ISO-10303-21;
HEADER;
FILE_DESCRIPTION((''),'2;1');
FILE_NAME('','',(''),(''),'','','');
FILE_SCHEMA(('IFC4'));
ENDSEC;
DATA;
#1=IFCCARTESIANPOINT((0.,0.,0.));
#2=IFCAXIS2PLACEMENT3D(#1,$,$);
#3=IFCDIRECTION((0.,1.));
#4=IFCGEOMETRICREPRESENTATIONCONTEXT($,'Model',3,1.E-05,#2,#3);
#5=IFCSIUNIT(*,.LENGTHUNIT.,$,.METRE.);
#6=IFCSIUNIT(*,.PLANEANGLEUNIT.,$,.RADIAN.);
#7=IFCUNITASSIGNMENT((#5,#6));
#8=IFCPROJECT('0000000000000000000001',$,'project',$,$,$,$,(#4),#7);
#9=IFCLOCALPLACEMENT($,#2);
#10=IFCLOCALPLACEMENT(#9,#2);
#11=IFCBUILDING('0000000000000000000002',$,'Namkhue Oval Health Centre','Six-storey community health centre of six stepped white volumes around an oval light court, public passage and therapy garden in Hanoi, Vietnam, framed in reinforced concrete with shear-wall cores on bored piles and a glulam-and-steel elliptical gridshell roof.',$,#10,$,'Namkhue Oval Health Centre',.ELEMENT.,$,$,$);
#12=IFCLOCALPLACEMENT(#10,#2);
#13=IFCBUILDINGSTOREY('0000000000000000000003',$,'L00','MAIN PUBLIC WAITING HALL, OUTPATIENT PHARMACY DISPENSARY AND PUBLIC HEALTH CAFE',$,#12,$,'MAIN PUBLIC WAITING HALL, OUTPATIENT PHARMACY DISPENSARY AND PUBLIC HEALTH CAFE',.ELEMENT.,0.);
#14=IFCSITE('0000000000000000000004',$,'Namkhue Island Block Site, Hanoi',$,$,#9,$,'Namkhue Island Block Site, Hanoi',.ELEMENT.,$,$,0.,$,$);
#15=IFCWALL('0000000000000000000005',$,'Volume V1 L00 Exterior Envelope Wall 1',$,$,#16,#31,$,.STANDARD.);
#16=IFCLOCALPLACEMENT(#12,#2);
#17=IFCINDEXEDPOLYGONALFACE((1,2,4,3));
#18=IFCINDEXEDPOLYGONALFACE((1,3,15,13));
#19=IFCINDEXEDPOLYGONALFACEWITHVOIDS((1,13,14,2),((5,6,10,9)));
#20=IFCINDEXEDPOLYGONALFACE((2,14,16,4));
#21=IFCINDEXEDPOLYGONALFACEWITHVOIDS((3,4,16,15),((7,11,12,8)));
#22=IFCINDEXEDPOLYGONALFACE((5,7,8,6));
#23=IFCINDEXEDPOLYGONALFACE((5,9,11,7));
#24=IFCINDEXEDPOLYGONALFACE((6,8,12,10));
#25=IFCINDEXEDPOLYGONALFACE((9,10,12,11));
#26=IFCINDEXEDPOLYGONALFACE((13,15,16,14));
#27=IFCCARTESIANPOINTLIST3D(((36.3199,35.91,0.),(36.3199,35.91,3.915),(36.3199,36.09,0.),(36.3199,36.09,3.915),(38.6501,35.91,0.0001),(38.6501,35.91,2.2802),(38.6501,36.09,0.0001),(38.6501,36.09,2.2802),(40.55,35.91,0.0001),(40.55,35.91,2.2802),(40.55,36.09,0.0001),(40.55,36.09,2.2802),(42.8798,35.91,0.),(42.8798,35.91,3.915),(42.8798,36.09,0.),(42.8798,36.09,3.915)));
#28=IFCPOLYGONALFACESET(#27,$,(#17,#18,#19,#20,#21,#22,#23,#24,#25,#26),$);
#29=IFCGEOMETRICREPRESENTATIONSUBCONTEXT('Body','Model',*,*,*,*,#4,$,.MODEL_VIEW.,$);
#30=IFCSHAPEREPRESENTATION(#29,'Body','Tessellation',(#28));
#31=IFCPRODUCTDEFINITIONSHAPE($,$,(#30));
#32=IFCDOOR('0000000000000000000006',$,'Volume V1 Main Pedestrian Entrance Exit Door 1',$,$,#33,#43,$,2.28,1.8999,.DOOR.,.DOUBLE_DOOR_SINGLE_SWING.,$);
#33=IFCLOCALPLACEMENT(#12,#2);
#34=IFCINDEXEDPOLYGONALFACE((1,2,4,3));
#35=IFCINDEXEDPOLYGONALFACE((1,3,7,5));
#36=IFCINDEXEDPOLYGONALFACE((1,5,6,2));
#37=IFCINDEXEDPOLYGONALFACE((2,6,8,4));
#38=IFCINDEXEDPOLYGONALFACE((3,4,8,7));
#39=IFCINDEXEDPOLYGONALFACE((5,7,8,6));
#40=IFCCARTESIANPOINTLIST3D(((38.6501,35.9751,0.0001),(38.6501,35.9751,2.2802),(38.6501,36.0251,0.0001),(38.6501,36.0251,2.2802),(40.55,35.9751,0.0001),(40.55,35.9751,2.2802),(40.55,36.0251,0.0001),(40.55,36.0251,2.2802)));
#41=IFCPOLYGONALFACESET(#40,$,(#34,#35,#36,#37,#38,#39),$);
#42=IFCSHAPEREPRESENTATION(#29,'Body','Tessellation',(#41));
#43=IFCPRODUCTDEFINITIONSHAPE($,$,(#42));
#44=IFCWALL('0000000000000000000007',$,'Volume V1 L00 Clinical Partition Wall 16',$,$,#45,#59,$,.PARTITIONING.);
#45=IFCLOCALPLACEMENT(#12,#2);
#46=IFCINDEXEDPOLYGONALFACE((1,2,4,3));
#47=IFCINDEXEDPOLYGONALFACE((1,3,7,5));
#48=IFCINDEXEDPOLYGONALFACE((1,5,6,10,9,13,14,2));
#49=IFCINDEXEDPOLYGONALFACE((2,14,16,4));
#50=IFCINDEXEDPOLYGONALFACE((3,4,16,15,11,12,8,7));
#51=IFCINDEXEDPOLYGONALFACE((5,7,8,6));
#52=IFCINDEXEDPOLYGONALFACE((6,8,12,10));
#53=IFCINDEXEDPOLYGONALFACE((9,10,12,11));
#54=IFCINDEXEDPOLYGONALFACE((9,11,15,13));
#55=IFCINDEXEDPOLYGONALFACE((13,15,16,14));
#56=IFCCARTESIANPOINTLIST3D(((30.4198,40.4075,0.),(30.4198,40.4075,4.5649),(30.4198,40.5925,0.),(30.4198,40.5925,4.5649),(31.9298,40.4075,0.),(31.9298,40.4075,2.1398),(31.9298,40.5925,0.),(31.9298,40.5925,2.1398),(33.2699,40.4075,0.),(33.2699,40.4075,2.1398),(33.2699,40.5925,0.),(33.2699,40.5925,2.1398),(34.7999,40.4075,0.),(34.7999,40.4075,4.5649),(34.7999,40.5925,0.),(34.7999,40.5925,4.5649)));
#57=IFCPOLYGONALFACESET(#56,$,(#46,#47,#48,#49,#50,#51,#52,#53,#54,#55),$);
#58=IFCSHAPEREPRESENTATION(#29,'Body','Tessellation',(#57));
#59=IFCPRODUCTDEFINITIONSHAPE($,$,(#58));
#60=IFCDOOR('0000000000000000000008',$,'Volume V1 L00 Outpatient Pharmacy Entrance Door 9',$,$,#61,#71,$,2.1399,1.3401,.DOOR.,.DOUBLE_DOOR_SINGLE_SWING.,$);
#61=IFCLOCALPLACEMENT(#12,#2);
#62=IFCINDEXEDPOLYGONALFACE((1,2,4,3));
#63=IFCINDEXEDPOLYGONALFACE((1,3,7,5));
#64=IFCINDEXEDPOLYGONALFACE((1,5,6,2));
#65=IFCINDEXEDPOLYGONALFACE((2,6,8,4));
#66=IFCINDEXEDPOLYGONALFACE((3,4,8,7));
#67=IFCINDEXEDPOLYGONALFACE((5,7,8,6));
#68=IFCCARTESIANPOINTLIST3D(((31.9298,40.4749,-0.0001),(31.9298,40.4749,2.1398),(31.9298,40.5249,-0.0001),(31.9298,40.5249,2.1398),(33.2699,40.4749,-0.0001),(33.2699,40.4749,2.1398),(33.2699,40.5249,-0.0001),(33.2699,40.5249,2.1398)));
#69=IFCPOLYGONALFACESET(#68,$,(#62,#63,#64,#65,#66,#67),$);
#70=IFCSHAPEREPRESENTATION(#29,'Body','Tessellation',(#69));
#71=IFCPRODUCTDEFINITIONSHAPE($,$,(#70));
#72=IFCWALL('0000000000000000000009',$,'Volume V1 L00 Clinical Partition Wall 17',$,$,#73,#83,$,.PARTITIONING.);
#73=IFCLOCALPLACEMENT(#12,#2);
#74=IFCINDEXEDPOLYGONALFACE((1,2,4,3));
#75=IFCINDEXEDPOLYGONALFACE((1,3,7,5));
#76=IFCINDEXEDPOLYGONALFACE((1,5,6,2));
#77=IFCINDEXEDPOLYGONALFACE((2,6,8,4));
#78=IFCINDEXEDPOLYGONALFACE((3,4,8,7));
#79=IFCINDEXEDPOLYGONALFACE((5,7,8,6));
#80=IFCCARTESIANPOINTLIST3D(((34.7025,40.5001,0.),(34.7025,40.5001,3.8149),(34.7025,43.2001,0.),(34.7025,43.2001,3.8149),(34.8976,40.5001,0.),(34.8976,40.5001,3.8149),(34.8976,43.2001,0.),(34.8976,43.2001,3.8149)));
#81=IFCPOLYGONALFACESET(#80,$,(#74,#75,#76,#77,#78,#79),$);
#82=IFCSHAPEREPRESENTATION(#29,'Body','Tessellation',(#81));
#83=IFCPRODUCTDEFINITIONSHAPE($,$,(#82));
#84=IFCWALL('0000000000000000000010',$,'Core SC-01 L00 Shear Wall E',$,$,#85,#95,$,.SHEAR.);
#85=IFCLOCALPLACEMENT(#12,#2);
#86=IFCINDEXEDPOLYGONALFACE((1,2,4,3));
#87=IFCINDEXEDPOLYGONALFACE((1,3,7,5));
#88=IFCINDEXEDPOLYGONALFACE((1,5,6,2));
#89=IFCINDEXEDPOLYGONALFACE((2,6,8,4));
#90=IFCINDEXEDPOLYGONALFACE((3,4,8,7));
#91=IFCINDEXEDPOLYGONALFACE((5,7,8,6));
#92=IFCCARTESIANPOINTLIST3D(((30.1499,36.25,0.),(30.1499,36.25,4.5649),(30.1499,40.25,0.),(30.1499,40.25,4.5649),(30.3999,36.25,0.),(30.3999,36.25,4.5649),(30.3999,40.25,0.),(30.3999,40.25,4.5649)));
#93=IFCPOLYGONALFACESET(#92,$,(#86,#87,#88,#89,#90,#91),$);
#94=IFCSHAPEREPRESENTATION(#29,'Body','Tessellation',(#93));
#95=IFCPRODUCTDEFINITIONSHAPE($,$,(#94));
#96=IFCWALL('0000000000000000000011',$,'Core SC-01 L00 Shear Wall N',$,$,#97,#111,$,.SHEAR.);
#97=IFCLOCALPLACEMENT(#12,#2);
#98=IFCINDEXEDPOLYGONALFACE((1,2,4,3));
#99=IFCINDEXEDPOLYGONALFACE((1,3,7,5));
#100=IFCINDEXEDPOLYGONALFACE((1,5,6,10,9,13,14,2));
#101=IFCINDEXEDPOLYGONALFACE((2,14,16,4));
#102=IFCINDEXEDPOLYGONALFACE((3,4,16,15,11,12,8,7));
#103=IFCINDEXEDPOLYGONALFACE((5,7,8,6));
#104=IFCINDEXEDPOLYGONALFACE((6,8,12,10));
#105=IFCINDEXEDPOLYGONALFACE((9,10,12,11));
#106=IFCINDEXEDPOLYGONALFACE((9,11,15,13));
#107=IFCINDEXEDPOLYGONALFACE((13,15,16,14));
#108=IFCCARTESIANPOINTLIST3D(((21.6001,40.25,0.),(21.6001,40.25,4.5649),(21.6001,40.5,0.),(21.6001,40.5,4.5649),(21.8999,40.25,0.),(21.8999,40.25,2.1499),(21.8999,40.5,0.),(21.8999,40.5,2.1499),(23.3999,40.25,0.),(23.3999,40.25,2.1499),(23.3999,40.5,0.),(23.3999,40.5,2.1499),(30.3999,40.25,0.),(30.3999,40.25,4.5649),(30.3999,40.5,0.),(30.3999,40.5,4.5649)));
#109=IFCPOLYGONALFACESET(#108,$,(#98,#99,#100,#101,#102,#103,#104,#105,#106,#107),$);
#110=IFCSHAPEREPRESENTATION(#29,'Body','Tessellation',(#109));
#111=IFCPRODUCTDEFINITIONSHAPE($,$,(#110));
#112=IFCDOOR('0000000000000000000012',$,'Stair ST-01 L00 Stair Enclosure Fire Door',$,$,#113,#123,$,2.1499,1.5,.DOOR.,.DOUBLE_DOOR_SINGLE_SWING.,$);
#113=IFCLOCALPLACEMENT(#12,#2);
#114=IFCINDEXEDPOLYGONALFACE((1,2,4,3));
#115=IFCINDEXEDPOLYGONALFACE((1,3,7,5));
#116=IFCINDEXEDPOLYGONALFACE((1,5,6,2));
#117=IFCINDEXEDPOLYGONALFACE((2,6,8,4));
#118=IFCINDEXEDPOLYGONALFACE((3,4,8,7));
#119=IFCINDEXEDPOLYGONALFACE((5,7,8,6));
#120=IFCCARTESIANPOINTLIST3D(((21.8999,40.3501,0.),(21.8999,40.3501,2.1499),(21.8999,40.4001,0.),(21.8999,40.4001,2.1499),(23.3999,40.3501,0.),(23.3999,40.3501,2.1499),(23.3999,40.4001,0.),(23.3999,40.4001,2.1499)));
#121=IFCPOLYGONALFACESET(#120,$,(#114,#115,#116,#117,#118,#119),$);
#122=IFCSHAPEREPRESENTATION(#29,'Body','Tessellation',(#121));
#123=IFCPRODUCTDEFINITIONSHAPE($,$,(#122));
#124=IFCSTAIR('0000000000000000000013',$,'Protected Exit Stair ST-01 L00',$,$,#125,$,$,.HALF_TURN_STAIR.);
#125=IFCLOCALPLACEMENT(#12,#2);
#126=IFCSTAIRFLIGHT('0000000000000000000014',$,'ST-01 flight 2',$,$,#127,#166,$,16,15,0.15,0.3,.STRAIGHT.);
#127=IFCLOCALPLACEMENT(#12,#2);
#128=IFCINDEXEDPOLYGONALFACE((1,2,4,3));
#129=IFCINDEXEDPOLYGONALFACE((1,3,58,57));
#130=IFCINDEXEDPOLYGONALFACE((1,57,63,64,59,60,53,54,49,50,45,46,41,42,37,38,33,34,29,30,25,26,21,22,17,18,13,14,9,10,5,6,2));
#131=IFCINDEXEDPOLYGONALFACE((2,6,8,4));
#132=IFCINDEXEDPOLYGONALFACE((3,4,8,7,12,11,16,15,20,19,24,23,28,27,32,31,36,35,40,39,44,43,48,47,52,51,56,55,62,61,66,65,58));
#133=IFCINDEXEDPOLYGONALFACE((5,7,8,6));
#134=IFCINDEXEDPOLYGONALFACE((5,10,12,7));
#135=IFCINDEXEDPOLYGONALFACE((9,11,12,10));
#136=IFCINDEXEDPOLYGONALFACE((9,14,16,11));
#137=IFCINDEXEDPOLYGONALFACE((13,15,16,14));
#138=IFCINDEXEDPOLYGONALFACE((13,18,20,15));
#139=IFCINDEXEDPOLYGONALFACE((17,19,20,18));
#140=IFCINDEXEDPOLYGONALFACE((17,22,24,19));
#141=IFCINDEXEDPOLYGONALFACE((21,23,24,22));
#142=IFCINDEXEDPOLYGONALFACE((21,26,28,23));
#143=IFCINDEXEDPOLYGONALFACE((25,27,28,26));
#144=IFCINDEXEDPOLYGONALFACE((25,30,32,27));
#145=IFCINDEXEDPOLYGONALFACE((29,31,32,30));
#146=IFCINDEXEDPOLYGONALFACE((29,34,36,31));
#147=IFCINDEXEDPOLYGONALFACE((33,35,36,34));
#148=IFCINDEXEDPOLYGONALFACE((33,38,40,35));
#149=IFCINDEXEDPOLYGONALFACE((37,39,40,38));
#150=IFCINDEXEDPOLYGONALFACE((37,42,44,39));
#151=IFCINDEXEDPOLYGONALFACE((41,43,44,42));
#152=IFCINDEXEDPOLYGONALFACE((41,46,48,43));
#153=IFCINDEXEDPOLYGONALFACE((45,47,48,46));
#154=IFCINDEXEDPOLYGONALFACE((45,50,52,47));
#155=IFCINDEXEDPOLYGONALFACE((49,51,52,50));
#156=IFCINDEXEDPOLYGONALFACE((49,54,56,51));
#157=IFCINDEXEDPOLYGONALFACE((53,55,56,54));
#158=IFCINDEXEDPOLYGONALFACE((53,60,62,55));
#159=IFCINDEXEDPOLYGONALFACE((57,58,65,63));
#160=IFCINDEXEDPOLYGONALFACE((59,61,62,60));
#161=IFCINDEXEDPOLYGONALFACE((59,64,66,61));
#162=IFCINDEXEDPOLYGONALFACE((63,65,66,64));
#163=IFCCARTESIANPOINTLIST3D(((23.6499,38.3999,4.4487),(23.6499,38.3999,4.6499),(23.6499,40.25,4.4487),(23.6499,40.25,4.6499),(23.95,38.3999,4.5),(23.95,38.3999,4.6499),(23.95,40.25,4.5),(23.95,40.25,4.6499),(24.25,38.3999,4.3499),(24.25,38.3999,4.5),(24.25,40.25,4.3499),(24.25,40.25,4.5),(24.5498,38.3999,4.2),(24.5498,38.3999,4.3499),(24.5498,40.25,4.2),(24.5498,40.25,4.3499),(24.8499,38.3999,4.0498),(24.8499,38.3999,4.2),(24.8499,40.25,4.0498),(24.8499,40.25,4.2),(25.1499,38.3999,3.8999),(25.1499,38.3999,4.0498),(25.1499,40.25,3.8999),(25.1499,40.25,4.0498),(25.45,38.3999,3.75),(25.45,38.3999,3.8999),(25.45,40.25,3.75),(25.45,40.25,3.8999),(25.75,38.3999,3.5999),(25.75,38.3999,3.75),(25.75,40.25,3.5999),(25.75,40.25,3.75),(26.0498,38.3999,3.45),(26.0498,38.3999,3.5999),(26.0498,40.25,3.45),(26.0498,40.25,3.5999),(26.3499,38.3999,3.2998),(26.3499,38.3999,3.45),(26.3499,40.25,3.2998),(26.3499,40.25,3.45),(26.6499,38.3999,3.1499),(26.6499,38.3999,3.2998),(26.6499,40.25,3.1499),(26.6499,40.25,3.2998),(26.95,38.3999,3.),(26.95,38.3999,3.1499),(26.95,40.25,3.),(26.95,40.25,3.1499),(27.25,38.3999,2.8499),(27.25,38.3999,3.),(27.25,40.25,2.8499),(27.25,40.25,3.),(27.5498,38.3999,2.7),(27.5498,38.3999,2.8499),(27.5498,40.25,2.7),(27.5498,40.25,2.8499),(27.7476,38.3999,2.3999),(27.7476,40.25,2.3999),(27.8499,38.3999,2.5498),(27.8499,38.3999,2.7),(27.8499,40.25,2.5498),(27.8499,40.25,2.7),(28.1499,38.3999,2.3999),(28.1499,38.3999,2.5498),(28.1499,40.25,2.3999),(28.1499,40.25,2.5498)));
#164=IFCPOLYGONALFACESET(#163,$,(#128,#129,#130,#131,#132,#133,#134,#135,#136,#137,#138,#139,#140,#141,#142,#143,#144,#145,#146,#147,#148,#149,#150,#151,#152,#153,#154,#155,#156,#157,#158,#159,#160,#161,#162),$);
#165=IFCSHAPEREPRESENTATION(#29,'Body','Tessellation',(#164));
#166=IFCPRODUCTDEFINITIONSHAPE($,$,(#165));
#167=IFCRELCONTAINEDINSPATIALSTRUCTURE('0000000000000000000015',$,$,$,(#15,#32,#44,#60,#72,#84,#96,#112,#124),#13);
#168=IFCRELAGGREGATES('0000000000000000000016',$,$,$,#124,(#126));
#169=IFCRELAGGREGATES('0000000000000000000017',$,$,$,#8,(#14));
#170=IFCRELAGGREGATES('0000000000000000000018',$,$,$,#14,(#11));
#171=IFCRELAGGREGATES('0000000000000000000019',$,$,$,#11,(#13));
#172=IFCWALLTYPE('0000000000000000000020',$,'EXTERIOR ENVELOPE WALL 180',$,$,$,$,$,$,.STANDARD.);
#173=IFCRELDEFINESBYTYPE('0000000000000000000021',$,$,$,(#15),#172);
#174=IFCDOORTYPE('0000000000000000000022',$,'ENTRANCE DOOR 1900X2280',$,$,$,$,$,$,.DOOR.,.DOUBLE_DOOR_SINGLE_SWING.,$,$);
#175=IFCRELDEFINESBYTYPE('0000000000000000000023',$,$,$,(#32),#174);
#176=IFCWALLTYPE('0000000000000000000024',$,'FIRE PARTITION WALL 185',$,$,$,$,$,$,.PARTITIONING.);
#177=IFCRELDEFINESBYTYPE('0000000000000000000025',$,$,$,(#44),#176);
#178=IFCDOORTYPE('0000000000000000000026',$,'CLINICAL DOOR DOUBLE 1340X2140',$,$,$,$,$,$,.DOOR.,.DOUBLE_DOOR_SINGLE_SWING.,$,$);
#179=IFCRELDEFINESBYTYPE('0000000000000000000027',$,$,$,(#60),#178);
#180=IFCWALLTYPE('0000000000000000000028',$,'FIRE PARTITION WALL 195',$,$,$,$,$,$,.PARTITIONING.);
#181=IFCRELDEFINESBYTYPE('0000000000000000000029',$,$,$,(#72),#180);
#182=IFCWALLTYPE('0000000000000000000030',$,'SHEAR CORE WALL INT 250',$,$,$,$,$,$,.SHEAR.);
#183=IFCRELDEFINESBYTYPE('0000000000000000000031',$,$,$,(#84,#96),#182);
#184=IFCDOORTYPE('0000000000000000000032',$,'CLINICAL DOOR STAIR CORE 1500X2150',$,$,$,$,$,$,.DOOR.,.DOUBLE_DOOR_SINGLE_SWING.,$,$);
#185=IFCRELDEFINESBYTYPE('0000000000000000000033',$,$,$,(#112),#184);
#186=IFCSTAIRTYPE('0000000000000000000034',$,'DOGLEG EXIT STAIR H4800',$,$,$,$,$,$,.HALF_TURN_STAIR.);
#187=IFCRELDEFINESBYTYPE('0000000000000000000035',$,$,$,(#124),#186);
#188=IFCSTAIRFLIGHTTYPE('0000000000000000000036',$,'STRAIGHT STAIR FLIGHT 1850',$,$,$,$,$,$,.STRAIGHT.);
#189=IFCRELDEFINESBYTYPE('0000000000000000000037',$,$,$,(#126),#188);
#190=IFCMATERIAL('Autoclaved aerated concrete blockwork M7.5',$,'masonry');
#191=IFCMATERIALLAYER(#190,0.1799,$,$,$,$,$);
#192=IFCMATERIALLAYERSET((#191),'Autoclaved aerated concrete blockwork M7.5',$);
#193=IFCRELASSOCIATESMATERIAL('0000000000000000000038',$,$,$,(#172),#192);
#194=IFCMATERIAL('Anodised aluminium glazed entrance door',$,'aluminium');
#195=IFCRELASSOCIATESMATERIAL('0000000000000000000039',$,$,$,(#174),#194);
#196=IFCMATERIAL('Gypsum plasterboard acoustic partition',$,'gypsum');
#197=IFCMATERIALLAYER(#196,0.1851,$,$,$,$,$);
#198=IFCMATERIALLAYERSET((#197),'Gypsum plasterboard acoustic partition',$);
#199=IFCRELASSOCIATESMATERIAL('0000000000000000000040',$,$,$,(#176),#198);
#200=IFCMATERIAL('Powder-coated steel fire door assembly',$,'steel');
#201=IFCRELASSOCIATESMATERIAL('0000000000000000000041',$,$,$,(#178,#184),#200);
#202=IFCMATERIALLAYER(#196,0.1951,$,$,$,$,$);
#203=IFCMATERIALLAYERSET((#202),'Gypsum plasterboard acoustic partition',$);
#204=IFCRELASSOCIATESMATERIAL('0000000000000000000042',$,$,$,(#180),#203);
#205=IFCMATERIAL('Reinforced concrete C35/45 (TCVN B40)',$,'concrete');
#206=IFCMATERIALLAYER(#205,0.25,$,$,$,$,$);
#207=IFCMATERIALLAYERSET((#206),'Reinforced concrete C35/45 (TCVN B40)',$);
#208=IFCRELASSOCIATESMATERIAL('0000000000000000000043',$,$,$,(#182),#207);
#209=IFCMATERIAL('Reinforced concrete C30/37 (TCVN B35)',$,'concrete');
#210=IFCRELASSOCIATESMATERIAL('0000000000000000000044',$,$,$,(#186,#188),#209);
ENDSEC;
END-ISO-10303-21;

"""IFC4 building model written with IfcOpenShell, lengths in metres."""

from ifc_helpers import new_model, si_unit, direction, frame, frame_2d, origin, place, context, subcontext, project, spatial, polyline, rectangle, outline, extrude, material, layer, layer_set, type_object, element, fill, aggregate, save


model = new_model("IFC4")

# Units and contexts
model_context = context("Model", 3, precision=1e-05, world=origin(), true_north=direction((0.0, 1.0)))
body_context = subcontext(model_context, "Body", "Model", "MODEL_VIEW")
ifc_project = project(units=[si_unit("LENGTHUNIT", "METRE"), si_unit("PLANEANGLEUNIT", "RADIAN")], contexts=[model_context])

# Site, building, storey
site_placement = place(None, origin())
site = spatial("IfcSite", under=ifc_project, at=site_placement, Name="Namkhue Island Block Site, Hanoi", LongName="Namkhue Island Block Site, Hanoi", CompositionType="ELEMENT", RefElevation=0.0)
building_placement = place(site_placement, origin())
building = spatial("IfcBuilding", under=site, at=building_placement, Name="Namkhue Oval Health Centre", Description="Six-storey community health centre of six stepped white volumes around an oval light court, public passage and therapy garden in Hanoi, Vietnam, framed in reinforced concrete with shear-wall cores on bored piles and a glulam-and-steel elliptical gridshell roof.", LongName="Namkhue Oval Health Centre", CompositionType="ELEMENT")
storey_placement = place(building_placement, origin())
storey = spatial("IfcBuildingStorey", under=building, at=storey_placement, Name="L00", Description="MAIN PUBLIC WAITING HALL, OUTPATIENT PHARMACY DISPENSARY AND PUBLIC HEALTH CAFE", LongName="MAIN PUBLIC WAITING HALL, OUTPATIENT PHARMACY DISPENSARY AND PUBLIC HEALTH CAFE", CompositionType="ELEMENT", Elevation=0.0)

# Shared definitions
ifc_material_1 = material(Name="Reinforced concrete C30/37 (TCVN B35)", Category="concrete")

# Shared definitions
ifc_material_2 = material(Name="Reinforced concrete C35/45 (TCVN B40)", Category="concrete")

# Walls, openings, doors
ifc_material_3 = material(Name="Autoclaved aerated concrete blockwork M7.5", Category="masonry")
ifc_layer_1 = layer(ifc_material_3, 0.1799)
ifc_layer_set_1 = layer_set([ifc_layer_1], Name="Autoclaved aerated concrete blockwork M7.5")
wall_type_1 = type_object("IfcWallType", Name="EXTERIOR ENVELOPE WALL 180", PredefinedType="STANDARD", material=ifc_layer_set_1)
wall_1_placement = place(storey_placement, frame((36.3201, 36.0, 0.0), z_axis=(0.0, 0.0, 1.0), x_axis=(1.0, 0.0, 0.0)))
wall_1 = element("IfcWall", 1, at=wall_1_placement, inside=storey, type_object=wall_type_1, Name="Volume V1 L00 Exterior Envelope Wall 1", PredefinedType="STANDARD", context=body_context, shape_type="SweptSolid", body=[
    extrude(rectangle(XDim=6.5598, YDim=0.1799, at=frame_2d((3.2798, 0.0))), origin(), (0.0, 0.0, 1.0), 3.915),
])
opening_1_placement = place(wall_1_placement, frame((2.3301, 0.0, 0.0)))
opening_1 = element("IfcOpeningElement", 2, at=opening_1_placement, cuts=wall_1, PredefinedType="OPENING", context=body_context, shape_type="SweptSolid", body=[
    extrude(rectangle(XDim=1.8999, YDim=2.28, at=frame_2d((0.95, 1.1401))), frame((0.0, 0.0999, 0.0), z_axis=(0.0, -1.0, 0.0), x_axis=(1.0, 0.0, 0.0)), (0.0, 0.0, 1.0), 0.2),
])
ifc_material_4 = material(Name="Anodised aluminium glazed entrance door", Category="aluminium")
door_type_1 = type_object("IfcDoorType", Name="ENTRANCE DOOR 1900X2280", OperationType="DOUBLE_DOOR_SINGLE_SWING", PredefinedType="DOOR", material=ifc_material_4)
door_1_placement = place(opening_1_placement, frame((1.8999, 0.0, 0.0), z_axis=(0.0, 0.0, 1.0), x_axis=(-1.0, 0.0, 0.0)))
door_1 = element("IfcDoor", 3, at=door_1_placement, inside=storey, type_object=door_type_1, Name="Volume V1 Main Pedestrian Entrance Exit Door 1", OperationType="DOUBLE_DOOR_SINGLE_SWING", OverallHeight=2.28, OverallWidth=1.8999, PredefinedType="DOOR", context=body_context, shape_type="SweptSolid", body=[
    extrude(rectangle(XDim=1.8999, YDim=2.28, at=frame_2d((0.95, 1.1401))), frame((0.0, 0.0249, 0.0), z_axis=(0.0, -1.0, 0.0), x_axis=(1.0, 0.0, 0.0)), (0.0, 0.0, 1.0), 0.05),
])
fill(opening_1, door_1)
ifc_material_5 = material(Name="Gypsum plasterboard acoustic partition", Category="gypsum")
ifc_layer_2 = layer(ifc_material_5, 0.1851)
ifc_layer_set_2 = layer_set([ifc_layer_2], Name="Gypsum plasterboard acoustic partition")
wall_type_2 = type_object("IfcWallType", Name="FIRE PARTITION WALL 185", PredefinedType="PARTITIONING", material=ifc_layer_set_2)
wall_2_placement = place(storey_placement, frame((30.4199, 40.5, 0.0), z_axis=(0.0, 0.0, 1.0), x_axis=(1.0, 0.0, 0.0)))
wall_2 = element("IfcWall", 4, at=wall_2_placement, inside=storey, type_object=wall_type_2, Name="Volume V1 L00 Clinical Partition Wall 16", PredefinedType="PARTITIONING", context=body_context, shape_type="SweptSolid", body=[
    extrude(rectangle(XDim=4.3801, YDim=0.1851, at=frame_2d((2.1899, 0.0))), origin(), (0.0, 0.0, 1.0), 4.5649),
])
opening_2_placement = place(wall_2_placement, frame((1.51, 0.0, 0.0)))
opening_2 = element("IfcOpeningElement", 5, at=opening_2_placement, cuts=wall_2, PredefinedType="OPENING", context=body_context, shape_type="SweptSolid", body=[
    extrude(rectangle(XDim=1.3401, YDim=2.1399, at=frame_2d((0.6699, 1.0698))), frame((0.0, 0.1025, 0.0), z_axis=(0.0, -1.0, 0.0), x_axis=(1.0, 0.0, 0.0)), (0.0, 0.0, 1.0), 0.2051),
])
ifc_material_6 = material(Name="Powder-coated steel fire door assembly", Category="steel")
door_type_2 = type_object("IfcDoorType", Name="CLINICAL DOOR DOUBLE 1340X2140", OperationType="DOUBLE_DOOR_SINGLE_SWING", PredefinedType="DOOR", material=ifc_material_6)
door_2_placement = place(opening_2_placement, origin())
door_2 = element("IfcDoor", 6, at=door_2_placement, inside=storey, type_object=door_type_2, Name="Volume V1 L00 Outpatient Pharmacy Entrance Door 9", OperationType="DOUBLE_DOOR_SINGLE_SWING", OverallHeight=2.1399, OverallWidth=1.3401, PredefinedType="DOOR", context=body_context, shape_type="SweptSolid", body=[
    extrude(rectangle(XDim=1.3401, YDim=2.1399, at=frame_2d((0.6699, 1.0698))), frame((0.0, 0.0249, 0.0), z_axis=(0.0, -1.0, 0.0), x_axis=(1.0, 0.0, 0.0)), (0.0, 0.0, 1.0), 0.05),
])
fill(opening_2, door_2)

# Walls
ifc_layer_3 = layer(ifc_material_5, 0.1951)
ifc_layer_set_3 = layer_set([ifc_layer_3], Name="Gypsum plasterboard acoustic partition")
wall_type_3 = type_object("IfcWallType", Name="FIRE PARTITION WALL 195", PredefinedType="PARTITIONING", material=ifc_layer_set_3)
wall_3_placement = place(storey_placement, frame((34.8, 40.5, 0.0), z_axis=(0.0, 0.0, 1.0), x_axis=(0.0, 1.0, 0.0)))
element("IfcWall", 7, at=wall_3_placement, inside=storey, type_object=wall_type_3, Name="Volume V1 L00 Clinical Partition Wall 17", PredefinedType="PARTITIONING", context=body_context, shape_type="SweptSolid", body=[
    extrude(rectangle(XDim=2.7, YDim=0.1951, at=frame_2d((1.3501, 0.0))), origin(), (0.0, 0.0, 1.0), 3.8149),
])
ifc_layer_4 = layer(ifc_material_2, 0.25)
ifc_layer_set_4 = layer_set([ifc_layer_4], Name="Reinforced concrete C35/45 (TCVN B40)")
wall_type_4 = type_object("IfcWallType", Name="SHEAR CORE WALL INT 250", PredefinedType="SHEAR", material=ifc_layer_set_4)
wall_4_placement = place(storey_placement, frame((30.2749, 36.25, 0.0), z_axis=(0.0, 0.0, 1.0), x_axis=(0.0, 1.0, 0.0)))
element("IfcWall", 8, at=wall_4_placement, inside=storey, type_object=wall_type_4, Name="Core SC-01 L00 Shear Wall E", PredefinedType="SHEAR", context=body_context, shape_type="SweptSolid", body=[
    extrude(rectangle(XDim=4.0, YDim=0.25, at=frame_2d((2.0, 0.0))), origin(), (0.0, 0.0, 1.0), 4.5649),
])

# Wall, opening, door
wall_5_placement = place(storey_placement, frame((30.3999, 40.375, 0.0), z_axis=(0.0, 0.0, 1.0), x_axis=(-1.0, 0.0, 0.0)))
wall_5 = element("IfcWall", 9, at=wall_5_placement, inside=storey, type_object=wall_type_4, Name="Core SC-01 L00 Shear Wall N", PredefinedType="SHEAR", context=body_context, shape_type="SweptSolid", body=[
    extrude(rectangle(XDim=8.7998, YDim=0.25, at=frame_2d((4.3999, 0.0))), origin(), (0.0, 0.0, 1.0), 4.5649),
])
opening_3_placement = place(wall_5_placement, frame((7.0, 0.0, 0.0)))
opening_3 = element("IfcOpeningElement", 10, at=opening_3_placement, cuts=wall_5, PredefinedType="OPENING", context=body_context, shape_type="SweptSolid", body=[
    extrude(rectangle(XDim=1.5, YDim=2.1499, at=frame_2d((0.75, 1.075))), frame((0.0, 0.135, 0.0), z_axis=(0.0, -1.0, 0.0), x_axis=(1.0, 0.0, 0.0)), (0.0, 0.0, 1.0), 0.27),
])
door_type_3 = type_object("IfcDoorType", Name="CLINICAL DOOR STAIR CORE 1500X2150", OperationType="DOUBLE_DOOR_SINGLE_SWING", PredefinedType="DOOR", material=ifc_material_6)
door_3_placement = place(opening_3_placement, origin())
door_3 = element("IfcDoor", 11, at=door_3_placement, inside=storey, type_object=door_type_3, Name="Stair ST-01 L00 Stair Enclosure Fire Door", OperationType="DOUBLE_DOOR_SINGLE_SWING", OverallHeight=2.1499, OverallWidth=1.5, PredefinedType="DOOR", context=body_context, shape_type="SweptSolid", body=[
    extrude(rectangle(XDim=1.5, YDim=2.1499, at=frame_2d((0.75, 1.075))), frame((0.0, 0.0249, 0.0), z_axis=(0.0, -1.0, 0.0), x_axis=(1.0, 0.0, 0.0)), (0.0, 0.0, 1.0), 0.05),
])
fill(opening_3, door_3)

# Stair, stair flight
stair_type = type_object("IfcStairType", Name="DOGLEG EXIT STAIR H4800", PredefinedType="HALF_TURN_STAIR", material=ifc_material_1)
stair_placement = place(storey_placement, origin())
stair = element("IfcStair", 12, at=stair_placement, inside=storey, type_object=stair_type, Name="Protected Exit Stair ST-01 L00", PredefinedType="HALF_TURN_STAIR")
stair_flight_type = type_object("IfcStairFlightType", Name="STRAIGHT STAIR FLIGHT 1850", PredefinedType="STRAIGHT", material=ifc_material_1)
stair_flight_placement = place(storey_placement, frame((28.1499, 39.325, 2.3999), z_axis=(0.0, 0.0, 1.0), x_axis=(-1.0, 0.0, 0.0)))
stair_flight = element("IfcStairFlight", 13, at=stair_flight_placement, type_object=stair_flight_type, Name="ST-01 flight 2", NumberOfRisers=16, NumberOfTreads=15, PredefinedType="STRAIGHT", RiserHeight=0.15, TreadLength=0.3, context=body_context, shape_type="SweptSolid", body=[
    extrude(outline(polyline([(0.0, 0.0), (0.0, 0.1499), (0.3, 0.1499), (0.3, 0.3), (0.6001, 0.3), (0.6001, 0.45), (0.8999, 0.45), (0.8999, 0.6001), (1.2, 0.6001), (1.2, 0.75), (1.5, 0.75), (1.5, 0.8999), (1.8, 0.8999), (1.8, 1.05), (2.1001, 1.05), (2.1001, 1.2), (2.3999, 1.2), (2.3999, 1.3501), (2.7, 1.3501), (2.7, 1.5), (3.0, 1.5), (3.0, 1.6499), (3.3, 1.6499), (3.3, 1.8), (3.6001, 1.8), (3.6001, 1.95), (3.8999, 1.95), (3.8999, 2.1001), (4.2, 2.1001), (4.2, 2.25), (4.5, 2.25), (4.5, 2.3999), (4.5, 2.0488), (0.4023, 0.0), (0.0, 0.0)])), frame((0.0, 0.925, 0.0), z_axis=(0.0, -1.0, 0.0), x_axis=(1.0, 0.0, 0.0)), (0.0, 0.0, 1.0), 1.8501),
])
aggregate(stair, [stair_flight])

save(model, "model.ifc")
